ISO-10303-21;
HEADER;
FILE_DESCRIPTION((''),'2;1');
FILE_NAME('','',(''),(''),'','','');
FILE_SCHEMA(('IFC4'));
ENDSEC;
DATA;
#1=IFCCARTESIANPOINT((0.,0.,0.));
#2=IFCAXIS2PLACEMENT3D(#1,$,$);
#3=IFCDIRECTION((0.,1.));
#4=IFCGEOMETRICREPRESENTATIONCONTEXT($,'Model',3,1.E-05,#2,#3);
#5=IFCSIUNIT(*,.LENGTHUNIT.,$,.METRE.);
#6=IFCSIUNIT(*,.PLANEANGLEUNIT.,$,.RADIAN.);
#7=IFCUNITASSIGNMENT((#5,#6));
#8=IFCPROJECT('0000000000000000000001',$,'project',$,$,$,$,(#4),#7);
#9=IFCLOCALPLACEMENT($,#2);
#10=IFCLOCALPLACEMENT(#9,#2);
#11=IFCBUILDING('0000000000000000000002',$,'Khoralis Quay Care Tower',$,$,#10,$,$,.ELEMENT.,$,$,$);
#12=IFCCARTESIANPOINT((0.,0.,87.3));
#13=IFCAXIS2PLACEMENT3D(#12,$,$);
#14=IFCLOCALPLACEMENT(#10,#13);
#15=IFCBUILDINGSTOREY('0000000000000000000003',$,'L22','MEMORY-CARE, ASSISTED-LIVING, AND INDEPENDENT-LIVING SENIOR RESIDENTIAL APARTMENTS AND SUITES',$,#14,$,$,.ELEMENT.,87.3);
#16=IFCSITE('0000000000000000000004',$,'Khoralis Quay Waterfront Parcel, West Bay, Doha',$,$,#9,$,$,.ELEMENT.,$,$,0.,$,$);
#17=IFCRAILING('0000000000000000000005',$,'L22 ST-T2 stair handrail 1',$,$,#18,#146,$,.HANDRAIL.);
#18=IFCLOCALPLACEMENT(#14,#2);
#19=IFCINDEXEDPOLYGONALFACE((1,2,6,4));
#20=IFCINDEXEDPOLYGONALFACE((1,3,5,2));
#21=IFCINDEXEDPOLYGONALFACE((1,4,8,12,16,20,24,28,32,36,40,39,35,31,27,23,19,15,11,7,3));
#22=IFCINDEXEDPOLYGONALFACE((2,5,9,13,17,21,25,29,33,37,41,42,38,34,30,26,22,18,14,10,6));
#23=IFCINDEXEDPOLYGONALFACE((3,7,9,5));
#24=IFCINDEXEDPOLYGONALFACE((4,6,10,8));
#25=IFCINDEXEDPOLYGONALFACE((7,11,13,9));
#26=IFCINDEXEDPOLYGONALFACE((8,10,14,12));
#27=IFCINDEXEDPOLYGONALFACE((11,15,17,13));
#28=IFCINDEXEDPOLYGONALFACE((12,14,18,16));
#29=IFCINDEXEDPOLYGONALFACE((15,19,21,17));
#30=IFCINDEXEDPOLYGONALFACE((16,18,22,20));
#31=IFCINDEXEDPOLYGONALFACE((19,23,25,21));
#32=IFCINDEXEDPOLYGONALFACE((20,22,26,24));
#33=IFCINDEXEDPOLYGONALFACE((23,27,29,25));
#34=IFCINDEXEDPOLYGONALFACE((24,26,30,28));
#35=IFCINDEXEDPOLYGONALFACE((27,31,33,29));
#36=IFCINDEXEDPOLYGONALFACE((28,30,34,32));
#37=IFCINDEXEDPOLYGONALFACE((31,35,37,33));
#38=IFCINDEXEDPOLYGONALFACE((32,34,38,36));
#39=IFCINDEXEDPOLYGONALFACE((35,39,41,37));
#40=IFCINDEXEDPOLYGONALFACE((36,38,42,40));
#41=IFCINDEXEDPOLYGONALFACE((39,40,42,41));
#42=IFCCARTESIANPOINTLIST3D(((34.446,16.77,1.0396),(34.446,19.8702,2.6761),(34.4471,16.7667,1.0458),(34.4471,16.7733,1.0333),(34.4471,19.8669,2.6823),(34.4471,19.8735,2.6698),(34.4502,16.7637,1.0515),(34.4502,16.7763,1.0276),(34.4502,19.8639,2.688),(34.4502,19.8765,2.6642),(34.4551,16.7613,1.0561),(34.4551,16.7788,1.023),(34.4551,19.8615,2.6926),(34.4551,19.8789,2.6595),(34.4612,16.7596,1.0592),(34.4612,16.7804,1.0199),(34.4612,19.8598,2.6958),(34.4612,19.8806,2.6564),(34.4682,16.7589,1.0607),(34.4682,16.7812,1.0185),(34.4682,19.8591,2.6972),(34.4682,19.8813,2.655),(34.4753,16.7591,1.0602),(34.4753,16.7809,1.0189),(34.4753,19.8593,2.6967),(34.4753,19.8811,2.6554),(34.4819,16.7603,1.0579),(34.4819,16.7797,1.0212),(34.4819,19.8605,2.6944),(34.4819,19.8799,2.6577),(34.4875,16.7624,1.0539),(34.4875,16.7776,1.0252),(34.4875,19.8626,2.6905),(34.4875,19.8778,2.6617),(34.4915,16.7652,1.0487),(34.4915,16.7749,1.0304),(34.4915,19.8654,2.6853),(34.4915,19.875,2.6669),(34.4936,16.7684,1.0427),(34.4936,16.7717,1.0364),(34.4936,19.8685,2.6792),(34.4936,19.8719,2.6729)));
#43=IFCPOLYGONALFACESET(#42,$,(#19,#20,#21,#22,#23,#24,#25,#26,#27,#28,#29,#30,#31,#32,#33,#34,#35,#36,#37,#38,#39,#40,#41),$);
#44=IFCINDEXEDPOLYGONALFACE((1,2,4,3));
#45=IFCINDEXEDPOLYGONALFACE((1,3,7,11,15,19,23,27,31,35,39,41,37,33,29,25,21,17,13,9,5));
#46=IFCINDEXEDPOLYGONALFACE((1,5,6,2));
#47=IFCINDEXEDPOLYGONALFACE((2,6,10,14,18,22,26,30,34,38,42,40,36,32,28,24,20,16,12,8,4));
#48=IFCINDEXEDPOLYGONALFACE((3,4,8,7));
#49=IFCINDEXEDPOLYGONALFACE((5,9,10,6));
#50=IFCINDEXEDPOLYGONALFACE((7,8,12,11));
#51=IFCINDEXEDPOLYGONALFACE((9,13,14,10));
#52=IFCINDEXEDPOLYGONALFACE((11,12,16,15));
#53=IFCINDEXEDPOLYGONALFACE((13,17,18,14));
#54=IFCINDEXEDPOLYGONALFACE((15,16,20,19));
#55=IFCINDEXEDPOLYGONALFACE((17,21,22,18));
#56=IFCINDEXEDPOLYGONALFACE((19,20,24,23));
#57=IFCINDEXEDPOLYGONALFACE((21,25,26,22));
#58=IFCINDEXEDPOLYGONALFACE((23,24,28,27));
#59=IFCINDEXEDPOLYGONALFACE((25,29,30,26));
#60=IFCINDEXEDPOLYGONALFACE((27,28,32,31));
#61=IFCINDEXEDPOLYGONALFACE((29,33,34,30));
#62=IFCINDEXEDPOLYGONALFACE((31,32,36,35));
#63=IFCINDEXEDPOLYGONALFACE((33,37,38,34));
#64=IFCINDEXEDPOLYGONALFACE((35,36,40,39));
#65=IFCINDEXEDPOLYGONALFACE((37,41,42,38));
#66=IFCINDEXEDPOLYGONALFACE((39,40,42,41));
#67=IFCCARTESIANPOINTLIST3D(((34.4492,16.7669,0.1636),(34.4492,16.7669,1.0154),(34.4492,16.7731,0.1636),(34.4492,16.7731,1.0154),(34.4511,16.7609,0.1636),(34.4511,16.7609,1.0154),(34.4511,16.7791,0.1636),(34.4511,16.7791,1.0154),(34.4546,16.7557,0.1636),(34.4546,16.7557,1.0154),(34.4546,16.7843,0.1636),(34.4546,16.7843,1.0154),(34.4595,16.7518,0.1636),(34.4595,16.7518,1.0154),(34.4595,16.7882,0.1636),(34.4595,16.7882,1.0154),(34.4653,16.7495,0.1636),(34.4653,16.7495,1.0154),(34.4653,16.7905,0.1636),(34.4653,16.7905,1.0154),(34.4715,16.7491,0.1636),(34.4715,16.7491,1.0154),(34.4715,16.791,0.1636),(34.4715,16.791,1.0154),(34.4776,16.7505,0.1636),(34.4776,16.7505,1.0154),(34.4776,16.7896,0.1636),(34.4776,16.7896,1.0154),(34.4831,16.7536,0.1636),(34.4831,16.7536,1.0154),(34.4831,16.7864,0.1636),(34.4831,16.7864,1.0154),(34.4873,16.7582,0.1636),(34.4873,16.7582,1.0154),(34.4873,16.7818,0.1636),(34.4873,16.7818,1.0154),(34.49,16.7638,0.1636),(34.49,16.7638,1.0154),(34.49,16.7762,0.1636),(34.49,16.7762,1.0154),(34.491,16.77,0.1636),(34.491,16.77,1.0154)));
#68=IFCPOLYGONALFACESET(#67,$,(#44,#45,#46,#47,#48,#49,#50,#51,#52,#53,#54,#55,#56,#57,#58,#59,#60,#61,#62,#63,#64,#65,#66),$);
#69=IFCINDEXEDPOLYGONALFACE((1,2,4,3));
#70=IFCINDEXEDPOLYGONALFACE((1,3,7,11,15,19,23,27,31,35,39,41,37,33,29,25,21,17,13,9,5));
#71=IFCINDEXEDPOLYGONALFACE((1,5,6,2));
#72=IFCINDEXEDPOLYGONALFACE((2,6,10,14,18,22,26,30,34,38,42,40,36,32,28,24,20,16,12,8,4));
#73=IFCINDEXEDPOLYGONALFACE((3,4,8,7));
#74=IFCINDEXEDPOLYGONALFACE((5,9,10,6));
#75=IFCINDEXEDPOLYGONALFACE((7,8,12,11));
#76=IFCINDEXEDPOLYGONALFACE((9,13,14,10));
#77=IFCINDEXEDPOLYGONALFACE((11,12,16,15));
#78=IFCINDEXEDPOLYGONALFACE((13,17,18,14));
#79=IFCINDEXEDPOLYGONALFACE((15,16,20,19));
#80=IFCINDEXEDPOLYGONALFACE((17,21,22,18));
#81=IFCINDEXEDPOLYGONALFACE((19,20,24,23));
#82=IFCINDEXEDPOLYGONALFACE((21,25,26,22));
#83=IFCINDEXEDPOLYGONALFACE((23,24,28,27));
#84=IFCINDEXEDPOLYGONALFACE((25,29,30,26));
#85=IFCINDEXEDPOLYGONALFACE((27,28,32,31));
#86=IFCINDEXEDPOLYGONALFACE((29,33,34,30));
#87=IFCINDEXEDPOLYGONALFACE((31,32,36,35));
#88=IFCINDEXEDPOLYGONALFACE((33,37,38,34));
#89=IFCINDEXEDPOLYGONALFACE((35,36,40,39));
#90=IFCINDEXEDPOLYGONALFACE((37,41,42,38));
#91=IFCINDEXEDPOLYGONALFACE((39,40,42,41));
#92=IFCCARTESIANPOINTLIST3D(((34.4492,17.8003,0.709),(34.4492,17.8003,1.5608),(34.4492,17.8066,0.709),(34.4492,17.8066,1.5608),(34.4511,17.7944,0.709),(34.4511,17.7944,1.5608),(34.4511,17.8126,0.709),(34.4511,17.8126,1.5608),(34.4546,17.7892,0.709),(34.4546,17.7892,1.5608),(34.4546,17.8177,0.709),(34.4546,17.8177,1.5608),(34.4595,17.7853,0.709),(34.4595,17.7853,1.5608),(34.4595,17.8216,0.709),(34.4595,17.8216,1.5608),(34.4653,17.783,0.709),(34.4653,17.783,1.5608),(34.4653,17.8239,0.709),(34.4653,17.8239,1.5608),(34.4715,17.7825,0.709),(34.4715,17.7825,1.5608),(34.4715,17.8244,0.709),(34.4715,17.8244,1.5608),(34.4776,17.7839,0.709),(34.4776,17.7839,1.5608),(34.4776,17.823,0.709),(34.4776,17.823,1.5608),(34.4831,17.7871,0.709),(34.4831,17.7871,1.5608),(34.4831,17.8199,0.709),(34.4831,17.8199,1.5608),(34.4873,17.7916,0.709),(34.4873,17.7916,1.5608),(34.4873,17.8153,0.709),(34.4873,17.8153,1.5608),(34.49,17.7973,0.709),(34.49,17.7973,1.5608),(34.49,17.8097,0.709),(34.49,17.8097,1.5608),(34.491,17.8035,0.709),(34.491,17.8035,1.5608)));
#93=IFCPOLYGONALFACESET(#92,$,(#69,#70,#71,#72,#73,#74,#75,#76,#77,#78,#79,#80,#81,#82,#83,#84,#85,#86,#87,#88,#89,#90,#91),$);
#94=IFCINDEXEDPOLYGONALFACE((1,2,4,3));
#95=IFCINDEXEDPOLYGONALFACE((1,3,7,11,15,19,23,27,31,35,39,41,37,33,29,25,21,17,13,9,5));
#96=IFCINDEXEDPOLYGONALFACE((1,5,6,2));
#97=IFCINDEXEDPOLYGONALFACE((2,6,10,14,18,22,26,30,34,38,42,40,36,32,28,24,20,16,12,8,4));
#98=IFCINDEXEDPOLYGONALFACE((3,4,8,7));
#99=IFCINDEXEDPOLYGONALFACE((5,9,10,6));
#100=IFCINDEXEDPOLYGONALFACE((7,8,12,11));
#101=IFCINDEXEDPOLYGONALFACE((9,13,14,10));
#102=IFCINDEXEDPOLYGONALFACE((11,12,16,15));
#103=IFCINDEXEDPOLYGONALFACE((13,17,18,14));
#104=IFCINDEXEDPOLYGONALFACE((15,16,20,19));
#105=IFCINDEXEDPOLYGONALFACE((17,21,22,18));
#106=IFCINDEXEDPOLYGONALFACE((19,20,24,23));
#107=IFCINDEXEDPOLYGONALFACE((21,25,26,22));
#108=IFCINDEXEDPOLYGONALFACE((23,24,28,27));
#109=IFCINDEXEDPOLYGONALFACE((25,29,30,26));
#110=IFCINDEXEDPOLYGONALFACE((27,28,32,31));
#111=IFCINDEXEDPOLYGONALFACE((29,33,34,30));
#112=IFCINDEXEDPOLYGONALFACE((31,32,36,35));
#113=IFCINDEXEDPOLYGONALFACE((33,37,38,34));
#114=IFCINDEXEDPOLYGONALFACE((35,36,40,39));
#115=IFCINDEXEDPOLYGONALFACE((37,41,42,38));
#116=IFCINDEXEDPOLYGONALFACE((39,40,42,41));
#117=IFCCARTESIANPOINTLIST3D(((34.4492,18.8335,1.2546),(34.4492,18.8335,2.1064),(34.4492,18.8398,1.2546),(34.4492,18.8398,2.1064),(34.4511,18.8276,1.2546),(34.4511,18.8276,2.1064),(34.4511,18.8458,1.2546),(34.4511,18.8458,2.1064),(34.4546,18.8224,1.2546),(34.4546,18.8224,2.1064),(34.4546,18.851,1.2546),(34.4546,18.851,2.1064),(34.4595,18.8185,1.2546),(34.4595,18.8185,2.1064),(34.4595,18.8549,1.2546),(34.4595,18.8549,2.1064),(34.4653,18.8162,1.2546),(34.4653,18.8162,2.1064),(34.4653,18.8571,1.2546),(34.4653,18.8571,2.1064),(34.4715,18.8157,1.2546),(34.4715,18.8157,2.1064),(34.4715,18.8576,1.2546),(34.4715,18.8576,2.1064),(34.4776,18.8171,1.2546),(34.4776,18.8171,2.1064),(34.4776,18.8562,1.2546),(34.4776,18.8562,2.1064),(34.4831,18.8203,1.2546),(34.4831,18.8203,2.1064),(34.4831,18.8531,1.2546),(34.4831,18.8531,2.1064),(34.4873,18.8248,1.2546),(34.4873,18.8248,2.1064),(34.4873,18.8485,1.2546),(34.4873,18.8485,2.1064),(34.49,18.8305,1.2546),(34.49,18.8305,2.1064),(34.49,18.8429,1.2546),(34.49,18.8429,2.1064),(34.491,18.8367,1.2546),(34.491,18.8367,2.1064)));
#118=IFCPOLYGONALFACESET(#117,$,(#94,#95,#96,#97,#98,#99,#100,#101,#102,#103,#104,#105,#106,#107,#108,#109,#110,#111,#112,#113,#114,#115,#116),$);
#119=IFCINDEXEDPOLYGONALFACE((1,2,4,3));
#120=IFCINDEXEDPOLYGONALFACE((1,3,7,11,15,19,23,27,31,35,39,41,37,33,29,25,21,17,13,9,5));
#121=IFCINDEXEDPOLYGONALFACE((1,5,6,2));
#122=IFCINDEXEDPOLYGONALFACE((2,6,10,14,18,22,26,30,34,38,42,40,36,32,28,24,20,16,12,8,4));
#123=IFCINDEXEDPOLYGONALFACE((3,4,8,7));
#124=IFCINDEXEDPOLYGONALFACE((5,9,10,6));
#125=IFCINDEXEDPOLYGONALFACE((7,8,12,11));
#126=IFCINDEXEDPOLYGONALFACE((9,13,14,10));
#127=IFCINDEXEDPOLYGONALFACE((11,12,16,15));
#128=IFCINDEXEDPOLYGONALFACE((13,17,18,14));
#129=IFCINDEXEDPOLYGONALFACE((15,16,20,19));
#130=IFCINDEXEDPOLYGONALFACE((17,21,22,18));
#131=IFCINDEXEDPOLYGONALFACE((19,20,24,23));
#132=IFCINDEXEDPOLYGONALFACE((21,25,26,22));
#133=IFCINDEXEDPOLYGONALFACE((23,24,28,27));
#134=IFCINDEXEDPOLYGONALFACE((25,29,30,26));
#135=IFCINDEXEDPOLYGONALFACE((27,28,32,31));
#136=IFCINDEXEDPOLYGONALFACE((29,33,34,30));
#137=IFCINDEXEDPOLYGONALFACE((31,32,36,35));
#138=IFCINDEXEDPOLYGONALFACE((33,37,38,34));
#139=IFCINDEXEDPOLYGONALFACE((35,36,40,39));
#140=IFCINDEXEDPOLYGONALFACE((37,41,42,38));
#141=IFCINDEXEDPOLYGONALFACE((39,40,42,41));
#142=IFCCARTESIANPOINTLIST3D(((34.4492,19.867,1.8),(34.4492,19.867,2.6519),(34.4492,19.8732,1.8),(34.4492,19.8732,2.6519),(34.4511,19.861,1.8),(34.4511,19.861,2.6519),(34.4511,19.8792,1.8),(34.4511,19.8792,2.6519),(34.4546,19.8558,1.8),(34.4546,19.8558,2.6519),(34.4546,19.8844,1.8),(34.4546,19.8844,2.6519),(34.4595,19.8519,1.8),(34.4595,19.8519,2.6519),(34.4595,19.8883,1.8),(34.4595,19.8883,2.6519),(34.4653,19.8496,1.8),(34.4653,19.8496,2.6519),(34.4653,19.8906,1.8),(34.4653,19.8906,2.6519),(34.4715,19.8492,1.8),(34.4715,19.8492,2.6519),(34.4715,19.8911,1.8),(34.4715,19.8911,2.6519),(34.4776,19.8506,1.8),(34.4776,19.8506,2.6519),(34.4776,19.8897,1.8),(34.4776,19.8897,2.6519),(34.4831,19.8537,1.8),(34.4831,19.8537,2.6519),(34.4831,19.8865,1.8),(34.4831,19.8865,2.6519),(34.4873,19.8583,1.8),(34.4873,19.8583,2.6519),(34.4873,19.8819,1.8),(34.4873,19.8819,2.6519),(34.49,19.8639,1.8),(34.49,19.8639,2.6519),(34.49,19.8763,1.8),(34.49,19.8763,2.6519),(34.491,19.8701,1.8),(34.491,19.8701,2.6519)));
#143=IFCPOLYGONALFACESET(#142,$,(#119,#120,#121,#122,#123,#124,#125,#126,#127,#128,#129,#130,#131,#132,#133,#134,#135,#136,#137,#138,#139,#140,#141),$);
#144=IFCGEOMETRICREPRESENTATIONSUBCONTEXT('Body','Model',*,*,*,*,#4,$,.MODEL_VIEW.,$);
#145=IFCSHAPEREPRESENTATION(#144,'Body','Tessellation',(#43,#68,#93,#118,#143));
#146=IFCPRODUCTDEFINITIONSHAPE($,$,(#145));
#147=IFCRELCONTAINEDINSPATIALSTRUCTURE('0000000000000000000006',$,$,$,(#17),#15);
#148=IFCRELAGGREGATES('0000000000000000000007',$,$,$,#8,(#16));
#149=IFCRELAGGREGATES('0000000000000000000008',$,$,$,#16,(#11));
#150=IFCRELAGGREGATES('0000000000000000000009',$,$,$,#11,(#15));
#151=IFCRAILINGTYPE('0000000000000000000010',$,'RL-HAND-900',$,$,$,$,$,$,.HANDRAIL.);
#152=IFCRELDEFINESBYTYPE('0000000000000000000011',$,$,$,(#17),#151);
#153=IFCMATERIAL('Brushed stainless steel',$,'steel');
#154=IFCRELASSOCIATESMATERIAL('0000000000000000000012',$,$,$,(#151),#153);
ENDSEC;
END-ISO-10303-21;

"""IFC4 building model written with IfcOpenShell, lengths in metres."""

from ifc_helpers import new_model, si_unit, direction, frame, origin, origin_2d, place, context, subcontext, project, spatial, circle, extrude, material, type_object, element, save


model = new_model("IFC4")

# Units and contexts
model_context = context("Model", 3, precision=1e-05, world=origin(), true_north=direction((0.0, 1.0)))
body_context = subcontext(model_context, "Body", "Model", "MODEL_VIEW")
ifc_project = project(units=[si_unit("LENGTHUNIT", "METRE"), si_unit("PLANEANGLEUNIT", "RADIAN")], contexts=[model_context])

# Site, building, storey
site_placement = place(None, origin())
site = spatial("IfcSite", under=ifc_project, at=site_placement, Name="Khoralis Quay Waterfront Parcel, West Bay, Doha", CompositionType="ELEMENT", RefElevation=0.0)
building_placement = place(site_placement, origin())
building = spatial("IfcBuilding", under=site, at=building_placement, Name="Khoralis Quay Care Tower", CompositionType="ELEMENT")
storey_placement = place(building_placement, frame((0.0, 0.0, 87.3)))
storey = spatial("IfcBuildingStorey", under=building, at=storey_placement, Name="L22", Description="MEMORY-CARE, ASSISTED-LIVING, AND INDEPENDENT-LIVING SENIOR RESIDENTIAL APARTMENTS AND SUITES", CompositionType="ELEMENT", Elevation=87.3)

# Railing
ifc_material_1 = material(Name="Brushed stainless steel", Category="steel")
railing_type = type_object("IfcRailingType", Name="RL-HAND-900", PredefinedType="HANDRAIL", material=ifc_material_1)
railing_placement = place(storey_placement, frame((34.47, 16.77, 0.1636)))
element("IfcRailing", 1, at=railing_placement, inside=storey, type_object=railing_type, Name="L22 ST-T2 stair handrail 1", PredefinedType="HANDRAIL", context=body_context, shape_type="SweptSolid", body=[
    extrude(circle(Radius=0.0239, at=origin_2d()), frame((0.0, 0.0, 0.876), z_axis=(0.0, 0.884348, 0.466828), x_axis=(-1.0, 0.0, 0.0)), (0.0, 0.0, 1.0), 3.5056),
    extrude(circle(Radius=0.021, at=origin_2d()), origin(), (0.0, 0.0, 1.0), 0.8518),
    extrude(circle(Radius=0.021, at=origin_2d()), frame((0.0, 1.0334, 0.5454)), (0.0, 0.0, 1.0), 0.8518),
    extrude(circle(Radius=0.021, at=origin_2d()), frame((0.0, 2.0667, 1.0911)), (0.0, 0.0, 1.0), 0.8518),
    extrude(circle(Radius=0.021, at=origin_2d()), frame((0.0, 3.1001, 1.6365)), (0.0, 0.0, 1.0), 0.8518),
])

save(model, "model.ifc")
